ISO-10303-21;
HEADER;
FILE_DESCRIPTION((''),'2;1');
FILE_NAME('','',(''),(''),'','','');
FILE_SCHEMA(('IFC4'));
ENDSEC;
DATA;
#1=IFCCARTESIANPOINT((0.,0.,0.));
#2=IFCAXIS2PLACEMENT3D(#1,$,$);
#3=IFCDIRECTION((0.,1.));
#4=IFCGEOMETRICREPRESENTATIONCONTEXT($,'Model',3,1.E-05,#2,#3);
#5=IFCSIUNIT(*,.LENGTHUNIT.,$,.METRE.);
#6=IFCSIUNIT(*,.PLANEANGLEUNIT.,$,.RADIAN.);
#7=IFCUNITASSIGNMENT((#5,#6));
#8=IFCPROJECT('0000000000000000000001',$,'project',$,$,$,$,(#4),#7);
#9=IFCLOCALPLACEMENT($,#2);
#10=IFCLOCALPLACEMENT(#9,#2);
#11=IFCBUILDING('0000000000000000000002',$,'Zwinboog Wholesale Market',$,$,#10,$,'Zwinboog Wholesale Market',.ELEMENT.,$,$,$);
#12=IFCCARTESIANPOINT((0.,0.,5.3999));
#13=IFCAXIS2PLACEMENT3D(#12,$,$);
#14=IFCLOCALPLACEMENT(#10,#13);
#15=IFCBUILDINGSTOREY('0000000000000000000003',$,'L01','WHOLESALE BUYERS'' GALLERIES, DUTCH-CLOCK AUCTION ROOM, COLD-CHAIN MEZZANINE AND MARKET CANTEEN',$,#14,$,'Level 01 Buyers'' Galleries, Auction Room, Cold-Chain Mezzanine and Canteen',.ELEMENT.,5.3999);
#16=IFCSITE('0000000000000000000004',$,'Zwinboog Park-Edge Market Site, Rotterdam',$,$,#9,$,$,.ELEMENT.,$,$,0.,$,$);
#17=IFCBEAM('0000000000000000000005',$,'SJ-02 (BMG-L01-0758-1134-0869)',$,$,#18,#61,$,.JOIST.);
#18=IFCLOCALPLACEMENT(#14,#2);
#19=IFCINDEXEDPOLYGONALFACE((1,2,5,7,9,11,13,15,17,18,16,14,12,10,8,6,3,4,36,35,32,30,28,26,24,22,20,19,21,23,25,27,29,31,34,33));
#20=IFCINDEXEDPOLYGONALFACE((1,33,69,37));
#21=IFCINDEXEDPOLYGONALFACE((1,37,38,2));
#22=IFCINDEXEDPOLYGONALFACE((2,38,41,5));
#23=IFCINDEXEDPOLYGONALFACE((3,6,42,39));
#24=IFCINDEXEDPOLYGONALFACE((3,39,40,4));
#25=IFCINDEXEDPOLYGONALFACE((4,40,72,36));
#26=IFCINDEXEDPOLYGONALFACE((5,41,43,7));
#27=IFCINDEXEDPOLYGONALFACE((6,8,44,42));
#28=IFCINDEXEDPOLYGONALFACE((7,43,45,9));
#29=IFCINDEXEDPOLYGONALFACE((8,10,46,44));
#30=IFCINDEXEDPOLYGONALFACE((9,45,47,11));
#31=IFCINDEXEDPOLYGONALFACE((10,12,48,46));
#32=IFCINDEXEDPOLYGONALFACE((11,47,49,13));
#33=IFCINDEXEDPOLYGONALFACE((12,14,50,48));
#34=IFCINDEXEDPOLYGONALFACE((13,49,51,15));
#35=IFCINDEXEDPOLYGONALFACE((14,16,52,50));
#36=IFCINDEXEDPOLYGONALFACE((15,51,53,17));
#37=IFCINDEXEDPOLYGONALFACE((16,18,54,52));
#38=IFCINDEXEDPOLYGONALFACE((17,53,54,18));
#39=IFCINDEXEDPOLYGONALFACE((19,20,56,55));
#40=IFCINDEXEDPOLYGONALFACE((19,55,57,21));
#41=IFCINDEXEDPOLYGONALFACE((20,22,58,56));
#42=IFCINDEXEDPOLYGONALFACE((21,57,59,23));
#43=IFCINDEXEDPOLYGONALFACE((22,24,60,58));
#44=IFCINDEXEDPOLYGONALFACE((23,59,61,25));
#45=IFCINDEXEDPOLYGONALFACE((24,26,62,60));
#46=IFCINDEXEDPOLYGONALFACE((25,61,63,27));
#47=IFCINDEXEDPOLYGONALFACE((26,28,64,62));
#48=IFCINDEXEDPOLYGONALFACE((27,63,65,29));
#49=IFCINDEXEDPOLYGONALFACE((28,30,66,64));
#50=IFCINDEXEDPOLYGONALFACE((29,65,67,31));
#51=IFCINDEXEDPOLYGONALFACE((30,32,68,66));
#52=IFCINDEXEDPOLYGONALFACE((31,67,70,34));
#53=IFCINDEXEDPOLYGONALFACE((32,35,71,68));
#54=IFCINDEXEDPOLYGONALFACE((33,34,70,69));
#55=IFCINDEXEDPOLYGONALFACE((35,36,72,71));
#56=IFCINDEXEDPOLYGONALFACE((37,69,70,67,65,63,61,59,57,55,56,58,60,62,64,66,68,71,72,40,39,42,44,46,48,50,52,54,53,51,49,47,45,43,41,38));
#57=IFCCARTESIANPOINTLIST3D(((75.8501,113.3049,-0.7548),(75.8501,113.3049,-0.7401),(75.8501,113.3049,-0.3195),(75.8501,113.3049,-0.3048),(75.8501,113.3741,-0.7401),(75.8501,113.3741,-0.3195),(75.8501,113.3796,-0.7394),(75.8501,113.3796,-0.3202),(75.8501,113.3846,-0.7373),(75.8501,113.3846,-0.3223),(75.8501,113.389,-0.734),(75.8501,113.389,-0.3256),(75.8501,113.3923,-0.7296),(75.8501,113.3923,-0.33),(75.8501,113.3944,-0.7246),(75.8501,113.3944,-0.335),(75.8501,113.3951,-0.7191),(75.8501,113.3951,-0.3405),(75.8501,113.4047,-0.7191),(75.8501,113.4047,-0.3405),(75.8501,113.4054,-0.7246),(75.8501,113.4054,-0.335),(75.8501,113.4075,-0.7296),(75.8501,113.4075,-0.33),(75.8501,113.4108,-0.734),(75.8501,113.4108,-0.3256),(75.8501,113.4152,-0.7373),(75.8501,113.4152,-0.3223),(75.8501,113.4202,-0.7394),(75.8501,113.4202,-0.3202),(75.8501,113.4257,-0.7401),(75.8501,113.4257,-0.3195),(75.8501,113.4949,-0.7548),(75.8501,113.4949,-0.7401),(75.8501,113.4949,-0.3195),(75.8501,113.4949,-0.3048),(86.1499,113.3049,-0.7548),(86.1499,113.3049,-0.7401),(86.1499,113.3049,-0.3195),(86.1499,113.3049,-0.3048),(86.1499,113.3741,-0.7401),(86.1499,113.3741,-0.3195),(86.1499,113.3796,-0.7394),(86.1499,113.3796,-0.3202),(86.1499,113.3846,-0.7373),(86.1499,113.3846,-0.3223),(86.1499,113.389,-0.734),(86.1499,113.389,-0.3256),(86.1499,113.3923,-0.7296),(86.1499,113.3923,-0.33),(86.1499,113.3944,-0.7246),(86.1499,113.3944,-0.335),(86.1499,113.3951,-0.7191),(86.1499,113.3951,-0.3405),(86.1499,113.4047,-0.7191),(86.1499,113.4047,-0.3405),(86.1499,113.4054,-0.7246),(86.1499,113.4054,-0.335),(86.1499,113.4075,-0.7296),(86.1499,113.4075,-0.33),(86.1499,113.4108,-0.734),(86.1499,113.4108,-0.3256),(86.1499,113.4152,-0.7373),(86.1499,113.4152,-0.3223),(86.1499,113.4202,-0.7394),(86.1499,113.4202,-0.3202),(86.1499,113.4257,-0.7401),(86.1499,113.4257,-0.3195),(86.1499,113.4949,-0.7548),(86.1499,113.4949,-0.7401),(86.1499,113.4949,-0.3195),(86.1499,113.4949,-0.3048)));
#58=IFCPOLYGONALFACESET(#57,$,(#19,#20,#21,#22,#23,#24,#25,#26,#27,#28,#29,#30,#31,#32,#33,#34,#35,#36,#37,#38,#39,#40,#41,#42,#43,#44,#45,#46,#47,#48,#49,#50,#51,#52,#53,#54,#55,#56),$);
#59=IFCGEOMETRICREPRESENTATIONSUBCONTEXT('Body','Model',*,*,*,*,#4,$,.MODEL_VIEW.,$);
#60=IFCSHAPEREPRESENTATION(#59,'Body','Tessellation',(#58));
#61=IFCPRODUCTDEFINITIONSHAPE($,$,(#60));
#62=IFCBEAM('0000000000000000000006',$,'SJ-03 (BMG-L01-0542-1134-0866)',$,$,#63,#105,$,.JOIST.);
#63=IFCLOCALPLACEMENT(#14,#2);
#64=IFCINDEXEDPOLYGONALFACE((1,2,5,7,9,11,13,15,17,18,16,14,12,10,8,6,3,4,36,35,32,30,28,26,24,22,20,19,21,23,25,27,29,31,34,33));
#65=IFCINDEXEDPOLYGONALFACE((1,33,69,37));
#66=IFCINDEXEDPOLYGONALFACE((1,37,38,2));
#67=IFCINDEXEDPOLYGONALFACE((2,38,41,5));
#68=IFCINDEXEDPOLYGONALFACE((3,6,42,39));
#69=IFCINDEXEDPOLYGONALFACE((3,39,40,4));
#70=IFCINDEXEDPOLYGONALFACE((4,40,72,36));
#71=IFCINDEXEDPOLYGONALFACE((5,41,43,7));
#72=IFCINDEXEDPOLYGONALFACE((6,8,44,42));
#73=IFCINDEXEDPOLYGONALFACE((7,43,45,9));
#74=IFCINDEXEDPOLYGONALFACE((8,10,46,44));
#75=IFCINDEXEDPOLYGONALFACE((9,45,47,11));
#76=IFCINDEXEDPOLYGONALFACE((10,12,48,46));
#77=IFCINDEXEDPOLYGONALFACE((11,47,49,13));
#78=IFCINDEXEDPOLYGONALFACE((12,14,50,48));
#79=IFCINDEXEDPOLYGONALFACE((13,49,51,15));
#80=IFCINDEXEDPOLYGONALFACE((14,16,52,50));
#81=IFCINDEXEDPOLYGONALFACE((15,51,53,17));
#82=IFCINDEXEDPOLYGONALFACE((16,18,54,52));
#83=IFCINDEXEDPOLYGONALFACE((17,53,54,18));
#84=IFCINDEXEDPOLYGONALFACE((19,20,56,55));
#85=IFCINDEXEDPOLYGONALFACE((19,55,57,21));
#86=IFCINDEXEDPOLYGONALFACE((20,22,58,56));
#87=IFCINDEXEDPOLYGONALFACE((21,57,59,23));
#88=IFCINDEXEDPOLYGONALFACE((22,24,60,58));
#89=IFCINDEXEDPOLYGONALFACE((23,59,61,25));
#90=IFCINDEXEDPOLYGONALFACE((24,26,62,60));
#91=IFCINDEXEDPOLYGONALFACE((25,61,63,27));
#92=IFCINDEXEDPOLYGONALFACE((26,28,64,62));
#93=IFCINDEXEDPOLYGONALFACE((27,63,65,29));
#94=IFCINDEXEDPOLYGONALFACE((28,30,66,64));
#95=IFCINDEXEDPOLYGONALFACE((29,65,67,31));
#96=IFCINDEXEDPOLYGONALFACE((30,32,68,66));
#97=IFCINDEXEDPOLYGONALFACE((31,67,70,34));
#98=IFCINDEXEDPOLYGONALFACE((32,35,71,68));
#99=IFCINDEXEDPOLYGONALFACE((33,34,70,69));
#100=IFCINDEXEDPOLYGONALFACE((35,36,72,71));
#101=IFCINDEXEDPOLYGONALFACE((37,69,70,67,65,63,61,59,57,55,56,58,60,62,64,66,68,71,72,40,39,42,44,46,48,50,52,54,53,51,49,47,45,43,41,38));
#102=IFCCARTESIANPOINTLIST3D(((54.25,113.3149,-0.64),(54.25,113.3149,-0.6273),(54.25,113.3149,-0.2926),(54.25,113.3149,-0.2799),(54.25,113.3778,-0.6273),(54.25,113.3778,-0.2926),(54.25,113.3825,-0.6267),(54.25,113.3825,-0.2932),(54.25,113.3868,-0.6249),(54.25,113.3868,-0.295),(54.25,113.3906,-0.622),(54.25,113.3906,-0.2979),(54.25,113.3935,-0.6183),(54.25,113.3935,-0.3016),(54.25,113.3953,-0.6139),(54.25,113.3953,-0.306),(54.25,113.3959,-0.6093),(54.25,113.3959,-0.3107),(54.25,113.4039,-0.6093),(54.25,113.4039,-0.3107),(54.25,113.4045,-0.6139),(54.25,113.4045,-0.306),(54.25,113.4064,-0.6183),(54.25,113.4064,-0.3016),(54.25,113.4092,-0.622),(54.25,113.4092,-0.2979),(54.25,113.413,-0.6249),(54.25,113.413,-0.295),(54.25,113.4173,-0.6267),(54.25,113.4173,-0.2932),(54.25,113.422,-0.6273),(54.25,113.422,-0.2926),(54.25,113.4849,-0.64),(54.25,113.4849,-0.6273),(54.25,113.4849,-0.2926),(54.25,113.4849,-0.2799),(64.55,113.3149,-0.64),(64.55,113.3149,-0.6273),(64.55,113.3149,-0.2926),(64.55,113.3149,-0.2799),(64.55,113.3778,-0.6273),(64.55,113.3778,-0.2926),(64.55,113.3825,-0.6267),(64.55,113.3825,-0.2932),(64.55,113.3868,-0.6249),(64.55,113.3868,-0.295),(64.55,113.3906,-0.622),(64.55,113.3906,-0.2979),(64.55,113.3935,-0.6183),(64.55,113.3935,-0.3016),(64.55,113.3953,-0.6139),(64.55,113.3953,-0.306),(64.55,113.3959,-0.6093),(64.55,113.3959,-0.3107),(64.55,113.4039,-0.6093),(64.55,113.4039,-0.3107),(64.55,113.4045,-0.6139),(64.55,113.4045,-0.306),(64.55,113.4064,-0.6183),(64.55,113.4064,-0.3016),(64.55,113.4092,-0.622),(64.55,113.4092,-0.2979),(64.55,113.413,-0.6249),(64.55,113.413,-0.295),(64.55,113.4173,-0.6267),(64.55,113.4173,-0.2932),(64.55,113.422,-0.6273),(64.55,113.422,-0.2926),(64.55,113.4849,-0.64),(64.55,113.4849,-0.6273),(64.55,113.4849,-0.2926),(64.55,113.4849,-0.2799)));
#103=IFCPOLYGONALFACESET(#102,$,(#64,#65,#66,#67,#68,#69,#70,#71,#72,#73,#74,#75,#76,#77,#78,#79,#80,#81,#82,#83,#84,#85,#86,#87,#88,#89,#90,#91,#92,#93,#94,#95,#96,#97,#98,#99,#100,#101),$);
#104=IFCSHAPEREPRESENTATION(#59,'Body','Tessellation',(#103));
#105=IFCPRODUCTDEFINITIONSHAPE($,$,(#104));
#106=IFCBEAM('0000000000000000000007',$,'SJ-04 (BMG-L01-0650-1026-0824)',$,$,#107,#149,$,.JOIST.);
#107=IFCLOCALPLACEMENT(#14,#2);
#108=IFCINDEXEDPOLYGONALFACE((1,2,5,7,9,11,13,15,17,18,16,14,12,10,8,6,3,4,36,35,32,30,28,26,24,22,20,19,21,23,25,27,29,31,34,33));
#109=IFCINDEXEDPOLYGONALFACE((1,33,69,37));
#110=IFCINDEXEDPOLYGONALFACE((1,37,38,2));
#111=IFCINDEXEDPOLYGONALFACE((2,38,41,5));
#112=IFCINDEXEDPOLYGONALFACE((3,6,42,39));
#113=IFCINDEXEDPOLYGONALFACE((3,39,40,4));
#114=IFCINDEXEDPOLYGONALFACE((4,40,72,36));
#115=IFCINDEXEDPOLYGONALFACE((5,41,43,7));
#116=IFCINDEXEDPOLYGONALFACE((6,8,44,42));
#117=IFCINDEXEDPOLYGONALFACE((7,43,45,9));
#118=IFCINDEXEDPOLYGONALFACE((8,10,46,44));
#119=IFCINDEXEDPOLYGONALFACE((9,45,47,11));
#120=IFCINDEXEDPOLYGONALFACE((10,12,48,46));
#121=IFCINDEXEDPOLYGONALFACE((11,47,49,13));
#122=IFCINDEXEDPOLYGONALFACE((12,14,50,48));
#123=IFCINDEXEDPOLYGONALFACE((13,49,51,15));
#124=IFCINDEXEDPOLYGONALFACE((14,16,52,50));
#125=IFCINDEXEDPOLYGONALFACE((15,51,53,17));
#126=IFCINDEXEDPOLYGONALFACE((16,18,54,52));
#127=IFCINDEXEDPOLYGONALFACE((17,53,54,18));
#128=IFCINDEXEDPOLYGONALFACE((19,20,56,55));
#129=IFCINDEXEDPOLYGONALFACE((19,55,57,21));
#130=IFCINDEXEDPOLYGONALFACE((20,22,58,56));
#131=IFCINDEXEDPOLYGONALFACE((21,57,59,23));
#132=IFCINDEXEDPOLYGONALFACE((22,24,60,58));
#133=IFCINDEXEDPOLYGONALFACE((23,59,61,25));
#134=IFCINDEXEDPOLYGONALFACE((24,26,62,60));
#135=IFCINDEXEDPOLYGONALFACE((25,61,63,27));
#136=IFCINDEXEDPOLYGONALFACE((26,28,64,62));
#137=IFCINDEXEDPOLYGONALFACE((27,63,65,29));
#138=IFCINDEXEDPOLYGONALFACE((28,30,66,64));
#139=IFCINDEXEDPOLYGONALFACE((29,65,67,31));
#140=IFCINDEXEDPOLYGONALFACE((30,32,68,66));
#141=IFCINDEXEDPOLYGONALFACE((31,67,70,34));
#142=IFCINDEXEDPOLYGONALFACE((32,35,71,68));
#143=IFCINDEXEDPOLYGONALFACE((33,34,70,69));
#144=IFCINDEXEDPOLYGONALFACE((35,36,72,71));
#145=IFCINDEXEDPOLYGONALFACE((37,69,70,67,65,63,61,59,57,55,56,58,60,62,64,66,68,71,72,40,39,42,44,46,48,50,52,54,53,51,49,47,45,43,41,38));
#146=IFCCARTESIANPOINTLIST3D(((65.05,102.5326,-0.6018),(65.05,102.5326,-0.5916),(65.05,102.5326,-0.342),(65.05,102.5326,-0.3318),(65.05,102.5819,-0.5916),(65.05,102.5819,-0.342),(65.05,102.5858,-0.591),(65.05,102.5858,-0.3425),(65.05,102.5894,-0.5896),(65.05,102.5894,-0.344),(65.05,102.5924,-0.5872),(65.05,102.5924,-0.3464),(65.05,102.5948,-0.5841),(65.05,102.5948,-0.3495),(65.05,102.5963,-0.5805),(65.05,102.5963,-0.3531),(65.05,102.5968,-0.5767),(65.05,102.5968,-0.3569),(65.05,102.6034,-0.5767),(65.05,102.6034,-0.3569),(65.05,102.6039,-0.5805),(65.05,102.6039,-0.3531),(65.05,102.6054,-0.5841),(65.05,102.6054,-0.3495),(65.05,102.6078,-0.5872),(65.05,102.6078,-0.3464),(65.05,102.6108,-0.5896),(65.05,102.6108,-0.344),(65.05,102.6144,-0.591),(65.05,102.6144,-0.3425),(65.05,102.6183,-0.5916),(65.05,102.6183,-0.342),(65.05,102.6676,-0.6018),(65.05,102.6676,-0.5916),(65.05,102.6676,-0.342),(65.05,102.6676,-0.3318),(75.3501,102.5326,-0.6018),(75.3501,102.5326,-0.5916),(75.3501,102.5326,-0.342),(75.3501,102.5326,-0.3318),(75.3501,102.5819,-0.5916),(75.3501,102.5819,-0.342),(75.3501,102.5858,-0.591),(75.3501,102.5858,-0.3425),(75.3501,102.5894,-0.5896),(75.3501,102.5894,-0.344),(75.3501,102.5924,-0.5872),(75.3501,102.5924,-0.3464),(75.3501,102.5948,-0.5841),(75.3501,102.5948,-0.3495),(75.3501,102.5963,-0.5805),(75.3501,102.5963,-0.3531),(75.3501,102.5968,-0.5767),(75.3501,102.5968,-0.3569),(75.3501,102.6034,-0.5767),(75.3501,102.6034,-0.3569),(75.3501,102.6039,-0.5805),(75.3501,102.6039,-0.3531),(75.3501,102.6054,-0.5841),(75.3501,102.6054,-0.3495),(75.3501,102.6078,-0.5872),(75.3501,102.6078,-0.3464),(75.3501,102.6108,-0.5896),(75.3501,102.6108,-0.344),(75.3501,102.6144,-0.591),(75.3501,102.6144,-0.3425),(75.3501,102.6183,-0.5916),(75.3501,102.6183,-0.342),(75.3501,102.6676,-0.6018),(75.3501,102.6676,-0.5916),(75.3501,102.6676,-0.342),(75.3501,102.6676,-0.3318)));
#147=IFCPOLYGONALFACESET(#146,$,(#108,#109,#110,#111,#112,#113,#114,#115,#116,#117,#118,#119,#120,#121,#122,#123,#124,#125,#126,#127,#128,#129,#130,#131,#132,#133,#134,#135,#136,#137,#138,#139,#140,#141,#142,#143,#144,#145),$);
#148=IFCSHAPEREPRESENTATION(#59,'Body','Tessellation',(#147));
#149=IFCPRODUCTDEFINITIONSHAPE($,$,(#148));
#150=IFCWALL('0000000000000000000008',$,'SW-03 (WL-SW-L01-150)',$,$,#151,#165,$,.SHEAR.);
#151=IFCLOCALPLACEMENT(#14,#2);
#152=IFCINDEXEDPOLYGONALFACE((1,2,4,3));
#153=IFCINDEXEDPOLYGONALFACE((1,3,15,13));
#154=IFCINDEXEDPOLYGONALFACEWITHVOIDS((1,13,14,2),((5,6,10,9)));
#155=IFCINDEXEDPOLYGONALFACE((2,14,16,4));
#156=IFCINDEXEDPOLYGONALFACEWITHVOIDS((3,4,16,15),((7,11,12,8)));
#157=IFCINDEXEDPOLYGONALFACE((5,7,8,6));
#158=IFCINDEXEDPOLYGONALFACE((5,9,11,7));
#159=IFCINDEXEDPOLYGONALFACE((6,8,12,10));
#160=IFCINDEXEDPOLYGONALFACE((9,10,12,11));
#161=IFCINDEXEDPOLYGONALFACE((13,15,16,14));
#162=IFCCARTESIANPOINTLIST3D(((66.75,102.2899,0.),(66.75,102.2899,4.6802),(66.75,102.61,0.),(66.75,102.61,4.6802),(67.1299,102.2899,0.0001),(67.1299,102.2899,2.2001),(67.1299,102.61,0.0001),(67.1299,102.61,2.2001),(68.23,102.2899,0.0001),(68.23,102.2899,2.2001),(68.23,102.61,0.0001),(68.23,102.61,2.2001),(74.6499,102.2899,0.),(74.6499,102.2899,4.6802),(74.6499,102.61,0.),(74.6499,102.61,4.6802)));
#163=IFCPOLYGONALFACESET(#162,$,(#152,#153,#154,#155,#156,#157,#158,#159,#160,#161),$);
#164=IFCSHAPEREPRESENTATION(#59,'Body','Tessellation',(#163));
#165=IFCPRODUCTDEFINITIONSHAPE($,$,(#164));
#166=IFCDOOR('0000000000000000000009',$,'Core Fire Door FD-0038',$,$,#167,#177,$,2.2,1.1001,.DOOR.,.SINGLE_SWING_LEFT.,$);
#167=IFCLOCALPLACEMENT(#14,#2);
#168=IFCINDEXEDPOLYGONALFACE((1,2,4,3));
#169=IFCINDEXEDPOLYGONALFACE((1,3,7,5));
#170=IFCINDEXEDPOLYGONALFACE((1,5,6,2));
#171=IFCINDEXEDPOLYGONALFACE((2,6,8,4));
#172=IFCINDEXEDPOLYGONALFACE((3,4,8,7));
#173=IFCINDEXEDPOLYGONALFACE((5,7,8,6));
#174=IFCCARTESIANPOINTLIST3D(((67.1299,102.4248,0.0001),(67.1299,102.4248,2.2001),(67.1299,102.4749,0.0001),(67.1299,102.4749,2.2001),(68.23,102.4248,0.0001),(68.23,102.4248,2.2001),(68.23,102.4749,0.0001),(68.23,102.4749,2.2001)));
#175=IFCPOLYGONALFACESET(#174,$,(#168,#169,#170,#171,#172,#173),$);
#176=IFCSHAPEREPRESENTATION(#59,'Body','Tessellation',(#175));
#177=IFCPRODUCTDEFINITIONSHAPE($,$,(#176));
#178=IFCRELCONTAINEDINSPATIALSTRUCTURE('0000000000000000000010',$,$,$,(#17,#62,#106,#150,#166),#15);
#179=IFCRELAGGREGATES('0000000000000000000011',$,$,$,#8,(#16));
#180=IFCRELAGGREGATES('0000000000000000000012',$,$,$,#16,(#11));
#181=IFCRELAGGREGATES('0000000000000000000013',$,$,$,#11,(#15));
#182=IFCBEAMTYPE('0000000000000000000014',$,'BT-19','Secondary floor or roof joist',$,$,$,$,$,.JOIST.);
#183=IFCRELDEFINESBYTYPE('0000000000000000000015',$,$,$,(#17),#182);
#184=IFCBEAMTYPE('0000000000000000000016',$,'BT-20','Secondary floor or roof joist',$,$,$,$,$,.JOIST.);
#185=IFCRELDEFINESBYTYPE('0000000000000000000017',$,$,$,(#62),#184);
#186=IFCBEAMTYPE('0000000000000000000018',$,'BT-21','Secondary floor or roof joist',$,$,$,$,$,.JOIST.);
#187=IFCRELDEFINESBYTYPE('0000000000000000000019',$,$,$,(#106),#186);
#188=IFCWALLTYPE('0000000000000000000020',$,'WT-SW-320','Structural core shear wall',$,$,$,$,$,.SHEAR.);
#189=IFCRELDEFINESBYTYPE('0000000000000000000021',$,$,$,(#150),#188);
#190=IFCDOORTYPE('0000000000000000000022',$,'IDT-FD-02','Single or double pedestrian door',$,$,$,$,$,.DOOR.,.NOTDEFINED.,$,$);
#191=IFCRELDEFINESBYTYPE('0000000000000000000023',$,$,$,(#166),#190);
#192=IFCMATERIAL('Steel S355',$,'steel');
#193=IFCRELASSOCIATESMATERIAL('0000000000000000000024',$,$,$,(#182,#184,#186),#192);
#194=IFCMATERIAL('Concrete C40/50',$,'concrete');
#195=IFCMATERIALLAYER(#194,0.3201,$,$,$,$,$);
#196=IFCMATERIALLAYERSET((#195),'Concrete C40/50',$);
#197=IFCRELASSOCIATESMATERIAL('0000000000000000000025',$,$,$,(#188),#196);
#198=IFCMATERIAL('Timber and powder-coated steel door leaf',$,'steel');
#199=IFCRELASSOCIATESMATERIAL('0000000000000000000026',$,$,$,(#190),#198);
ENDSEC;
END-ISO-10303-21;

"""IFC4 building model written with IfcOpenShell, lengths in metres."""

from ifc_helpers import new_model, si_unit, direction, frame, frame_2d, origin, origin_2d, place, context, subcontext, project, spatial, rectangle, i_section, extrude, material, layer, layer_set, material_profile, profile_set, type_object, element, fill, save


model = new_model("IFC4")

# Units and contexts
model_context = context("Model", 3, precision=1e-05, world=origin(), true_north=direction((0.0, 1.0)))
body_context = subcontext(model_context, "Body", "Model", "MODEL_VIEW")
ifc_project = project(units=[si_unit("LENGTHUNIT", "METRE"), si_unit("PLANEANGLEUNIT", "RADIAN")], contexts=[model_context])

# Site, building, storey
site_placement = place(None, origin())
site = spatial("IfcSite", under=ifc_project, at=site_placement, Name="Zwinboog Park-Edge Market Site, Rotterdam", CompositionType="ELEMENT", RefElevation=0.0)
building_placement = place(site_placement, origin())
building = spatial("IfcBuilding", under=site, at=building_placement, Name="Zwinboog Wholesale Market", LongName="Zwinboog Wholesale Market", CompositionType="ELEMENT")
storey_placement = place(building_placement, frame((0.0, 0.0, 5.3999)))
storey = spatial("IfcBuildingStorey", under=building, at=storey_placement, Name="L01", Description="WHOLESALE BUYERS' GALLERIES, DUTCH-CLOCK AUCTION ROOM, COLD-CHAIN MEZZANINE AND MARKET CANTEEN", LongName="Level 01 Buyers' Galleries, Auction Room, Cold-Chain Mezzanine and Canteen", CompositionType="ELEMENT", Elevation=5.3999)

# Beams
ifc_material_1 = material(Name="Steel S355", Category="steel")
ifc_material_profile_1 = material_profile(ifc_material_1, i_section(OverallWidth=0.1899, OverallDepth=0.45, WebThickness=0.0095, FlangeThickness=0.0146, FilletRadius=0.021, at=origin_2d()), Name="IPE 450")
ifc_profile_set_1 = profile_set([ifc_material_profile_1], Name="Steel S355")
beam_type_1 = type_object("IfcBeamType", Name="BT-19", Description="Secondary floor or roof joist", PredefinedType="JOIST", material=ifc_profile_set_1)
for number, where, z_axis, x_axis, name in (
    (1, (75.8501, 113.3999, -0.5298), (1.0, 0.0, 0.0), (0.0, 1.0, 0.0), "SJ-02 (BMG-L01-0758-1134-0869)"),
):
    element("IfcBeam", number, at=place(storey_placement, frame(where, z_axis=z_axis, x_axis=x_axis)), inside=storey, type_object=beam_type_1, Name=name, PredefinedType="JOIST", context=body_context, shape_type="SweptSolid", body=[
        extrude(i_section(OverallWidth=0.1899, OverallDepth=0.45, WebThickness=0.0095, FlangeThickness=0.0146, FilletRadius=0.021, at=origin_2d()), origin(), (0.0, 0.0, 1.0), 10.2998),
    ])
ifc_material_profile_2 = material_profile(ifc_material_1, i_section(OverallWidth=0.1699, OverallDepth=0.3601, WebThickness=0.0081, FlangeThickness=0.0127, FilletRadius=0.0181, at=origin_2d()), Name="IPE 360")
ifc_profile_set_2 = profile_set([ifc_material_profile_2], Name="Steel S355")
beam_type_2 = type_object("IfcBeamType", Name="BT-20", Description="Secondary floor or roof joist", PredefinedType="JOIST", material=ifc_profile_set_2)
beam_1_placement = place(storey_placement, frame((54.25, 113.3999, -0.46), z_axis=(1.0, 0.0, 0.0), x_axis=(0.0, 1.0, 0.0)))
element("IfcBeam", 2, at=beam_1_placement, inside=storey, type_object=beam_type_2, Name="SJ-03 (BMG-L01-0542-1134-0866)", PredefinedType="JOIST", context=body_context, shape_type="SweptSolid", body=[
    extrude(i_section(OverallWidth=0.1699, OverallDepth=0.3601, WebThickness=0.0081, FlangeThickness=0.0127, FilletRadius=0.0181, at=origin_2d()), origin(), (0.0, 0.0, 1.0), 10.3),
])
ifc_material_profile_3 = material_profile(ifc_material_1, i_section(OverallWidth=0.135, OverallDepth=0.27, WebThickness=0.0066, FlangeThickness=0.0103, FilletRadius=0.0149, at=origin_2d()), Name="IPE 270")
ifc_profile_set_3 = profile_set([ifc_material_profile_3], Name="Steel S355")
beam_type_3 = type_object("IfcBeamType", Name="BT-21", Description="Secondary floor or roof joist", PredefinedType="JOIST", material=ifc_profile_set_3)
beam_2_placement = place(storey_placement, frame((65.05, 102.6001, -0.4668), z_axis=(1.0, 0.0, 0.0), x_axis=(0.0, 1.0, 0.0)))
element("IfcBeam", 3, at=beam_2_placement, inside=storey, type_object=beam_type_3, Name="SJ-04 (BMG-L01-0650-1026-0824)", PredefinedType="JOIST", context=body_context, shape_type="SweptSolid", body=[
    extrude(i_section(OverallWidth=0.135, OverallDepth=0.27, WebThickness=0.0066, FlangeThickness=0.0103, FilletRadius=0.0149, at=origin_2d()), origin(), (0.0, 0.0, 1.0), 10.3),
])

# Wall, opening, door
ifc_material_2 = material(Name="Concrete C40/50", Category="concrete")
ifc_layer_1 = layer(ifc_material_2, 0.3201)
ifc_layer_set_1 = layer_set([ifc_layer_1], Name="Concrete C40/50")
wall_type_1 = type_object("IfcWallType", Name="WT-SW-320", Description="Structural core shear wall", PredefinedType="SHEAR", material=ifc_layer_set_1)
wall_1_placement = place(storey_placement, frame((66.75, 102.45, 0.0), z_axis=(0.0, 0.0, 1.0), x_axis=(1.0, 0.0, 0.0)))
wall_1 = element("IfcWall", 4, at=wall_1_placement, inside=storey, type_object=wall_type_1, Name="SW-03 (WL-SW-L01-150)", PredefinedType="SHEAR", context=body_context, shape_type="SweptSolid", body=[
    extrude(rectangle(XDim=7.8999, YDim=0.3201, at=frame_2d((3.95, 0.0))), origin(), (0.0, 0.0, 1.0), 4.6802),
])
opening_1_placement = place(wall_1_placement, frame((0.3799, 0.0, 0.0)))
opening_1 = element("IfcOpeningElement", 5, at=opening_1_placement, cuts=wall_1, PredefinedType="OPENING", context=body_context, shape_type="SweptSolid", body=[
    extrude(rectangle(XDim=1.1001, YDim=2.2, at=frame_2d((0.55, 1.1001))), frame((0.0, 0.1699, 0.0), z_axis=(0.0, -1.0, 0.0), x_axis=(1.0, 0.0, 0.0)), (0.0, 0.0, 1.0), 0.3401),
])
ifc_material_3 = material(Name="Timber and powder-coated steel door leaf", Category="steel")
door_type_1 = type_object("IfcDoorType", Name="IDT-FD-02", Description="Single or double pedestrian door", OperationType="NOTDEFINED", PredefinedType="DOOR", material=ifc_material_3)
door_1_placement = place(opening_1_placement, origin())
door_1 = element("IfcDoor", 6, at=door_1_placement, inside=storey, type_object=door_type_1, Name="Core Fire Door FD-0038", OperationType="SINGLE_SWING_LEFT", OverallHeight=2.2, OverallWidth=1.1001, PredefinedType="DOOR", context=body_context, shape_type="SweptSolid", body=[
    extrude(rectangle(XDim=1.1001, YDim=2.2, at=frame_2d((0.55, 1.1001))), frame((0.0, 0.0249, 0.0), z_axis=(0.0, -1.0, 0.0), x_axis=(1.0, 0.0, 0.0)), (0.0, 0.0, 1.0), 0.05),
])
fill(opening_1, door_1)

save(model, "model.ifc")
